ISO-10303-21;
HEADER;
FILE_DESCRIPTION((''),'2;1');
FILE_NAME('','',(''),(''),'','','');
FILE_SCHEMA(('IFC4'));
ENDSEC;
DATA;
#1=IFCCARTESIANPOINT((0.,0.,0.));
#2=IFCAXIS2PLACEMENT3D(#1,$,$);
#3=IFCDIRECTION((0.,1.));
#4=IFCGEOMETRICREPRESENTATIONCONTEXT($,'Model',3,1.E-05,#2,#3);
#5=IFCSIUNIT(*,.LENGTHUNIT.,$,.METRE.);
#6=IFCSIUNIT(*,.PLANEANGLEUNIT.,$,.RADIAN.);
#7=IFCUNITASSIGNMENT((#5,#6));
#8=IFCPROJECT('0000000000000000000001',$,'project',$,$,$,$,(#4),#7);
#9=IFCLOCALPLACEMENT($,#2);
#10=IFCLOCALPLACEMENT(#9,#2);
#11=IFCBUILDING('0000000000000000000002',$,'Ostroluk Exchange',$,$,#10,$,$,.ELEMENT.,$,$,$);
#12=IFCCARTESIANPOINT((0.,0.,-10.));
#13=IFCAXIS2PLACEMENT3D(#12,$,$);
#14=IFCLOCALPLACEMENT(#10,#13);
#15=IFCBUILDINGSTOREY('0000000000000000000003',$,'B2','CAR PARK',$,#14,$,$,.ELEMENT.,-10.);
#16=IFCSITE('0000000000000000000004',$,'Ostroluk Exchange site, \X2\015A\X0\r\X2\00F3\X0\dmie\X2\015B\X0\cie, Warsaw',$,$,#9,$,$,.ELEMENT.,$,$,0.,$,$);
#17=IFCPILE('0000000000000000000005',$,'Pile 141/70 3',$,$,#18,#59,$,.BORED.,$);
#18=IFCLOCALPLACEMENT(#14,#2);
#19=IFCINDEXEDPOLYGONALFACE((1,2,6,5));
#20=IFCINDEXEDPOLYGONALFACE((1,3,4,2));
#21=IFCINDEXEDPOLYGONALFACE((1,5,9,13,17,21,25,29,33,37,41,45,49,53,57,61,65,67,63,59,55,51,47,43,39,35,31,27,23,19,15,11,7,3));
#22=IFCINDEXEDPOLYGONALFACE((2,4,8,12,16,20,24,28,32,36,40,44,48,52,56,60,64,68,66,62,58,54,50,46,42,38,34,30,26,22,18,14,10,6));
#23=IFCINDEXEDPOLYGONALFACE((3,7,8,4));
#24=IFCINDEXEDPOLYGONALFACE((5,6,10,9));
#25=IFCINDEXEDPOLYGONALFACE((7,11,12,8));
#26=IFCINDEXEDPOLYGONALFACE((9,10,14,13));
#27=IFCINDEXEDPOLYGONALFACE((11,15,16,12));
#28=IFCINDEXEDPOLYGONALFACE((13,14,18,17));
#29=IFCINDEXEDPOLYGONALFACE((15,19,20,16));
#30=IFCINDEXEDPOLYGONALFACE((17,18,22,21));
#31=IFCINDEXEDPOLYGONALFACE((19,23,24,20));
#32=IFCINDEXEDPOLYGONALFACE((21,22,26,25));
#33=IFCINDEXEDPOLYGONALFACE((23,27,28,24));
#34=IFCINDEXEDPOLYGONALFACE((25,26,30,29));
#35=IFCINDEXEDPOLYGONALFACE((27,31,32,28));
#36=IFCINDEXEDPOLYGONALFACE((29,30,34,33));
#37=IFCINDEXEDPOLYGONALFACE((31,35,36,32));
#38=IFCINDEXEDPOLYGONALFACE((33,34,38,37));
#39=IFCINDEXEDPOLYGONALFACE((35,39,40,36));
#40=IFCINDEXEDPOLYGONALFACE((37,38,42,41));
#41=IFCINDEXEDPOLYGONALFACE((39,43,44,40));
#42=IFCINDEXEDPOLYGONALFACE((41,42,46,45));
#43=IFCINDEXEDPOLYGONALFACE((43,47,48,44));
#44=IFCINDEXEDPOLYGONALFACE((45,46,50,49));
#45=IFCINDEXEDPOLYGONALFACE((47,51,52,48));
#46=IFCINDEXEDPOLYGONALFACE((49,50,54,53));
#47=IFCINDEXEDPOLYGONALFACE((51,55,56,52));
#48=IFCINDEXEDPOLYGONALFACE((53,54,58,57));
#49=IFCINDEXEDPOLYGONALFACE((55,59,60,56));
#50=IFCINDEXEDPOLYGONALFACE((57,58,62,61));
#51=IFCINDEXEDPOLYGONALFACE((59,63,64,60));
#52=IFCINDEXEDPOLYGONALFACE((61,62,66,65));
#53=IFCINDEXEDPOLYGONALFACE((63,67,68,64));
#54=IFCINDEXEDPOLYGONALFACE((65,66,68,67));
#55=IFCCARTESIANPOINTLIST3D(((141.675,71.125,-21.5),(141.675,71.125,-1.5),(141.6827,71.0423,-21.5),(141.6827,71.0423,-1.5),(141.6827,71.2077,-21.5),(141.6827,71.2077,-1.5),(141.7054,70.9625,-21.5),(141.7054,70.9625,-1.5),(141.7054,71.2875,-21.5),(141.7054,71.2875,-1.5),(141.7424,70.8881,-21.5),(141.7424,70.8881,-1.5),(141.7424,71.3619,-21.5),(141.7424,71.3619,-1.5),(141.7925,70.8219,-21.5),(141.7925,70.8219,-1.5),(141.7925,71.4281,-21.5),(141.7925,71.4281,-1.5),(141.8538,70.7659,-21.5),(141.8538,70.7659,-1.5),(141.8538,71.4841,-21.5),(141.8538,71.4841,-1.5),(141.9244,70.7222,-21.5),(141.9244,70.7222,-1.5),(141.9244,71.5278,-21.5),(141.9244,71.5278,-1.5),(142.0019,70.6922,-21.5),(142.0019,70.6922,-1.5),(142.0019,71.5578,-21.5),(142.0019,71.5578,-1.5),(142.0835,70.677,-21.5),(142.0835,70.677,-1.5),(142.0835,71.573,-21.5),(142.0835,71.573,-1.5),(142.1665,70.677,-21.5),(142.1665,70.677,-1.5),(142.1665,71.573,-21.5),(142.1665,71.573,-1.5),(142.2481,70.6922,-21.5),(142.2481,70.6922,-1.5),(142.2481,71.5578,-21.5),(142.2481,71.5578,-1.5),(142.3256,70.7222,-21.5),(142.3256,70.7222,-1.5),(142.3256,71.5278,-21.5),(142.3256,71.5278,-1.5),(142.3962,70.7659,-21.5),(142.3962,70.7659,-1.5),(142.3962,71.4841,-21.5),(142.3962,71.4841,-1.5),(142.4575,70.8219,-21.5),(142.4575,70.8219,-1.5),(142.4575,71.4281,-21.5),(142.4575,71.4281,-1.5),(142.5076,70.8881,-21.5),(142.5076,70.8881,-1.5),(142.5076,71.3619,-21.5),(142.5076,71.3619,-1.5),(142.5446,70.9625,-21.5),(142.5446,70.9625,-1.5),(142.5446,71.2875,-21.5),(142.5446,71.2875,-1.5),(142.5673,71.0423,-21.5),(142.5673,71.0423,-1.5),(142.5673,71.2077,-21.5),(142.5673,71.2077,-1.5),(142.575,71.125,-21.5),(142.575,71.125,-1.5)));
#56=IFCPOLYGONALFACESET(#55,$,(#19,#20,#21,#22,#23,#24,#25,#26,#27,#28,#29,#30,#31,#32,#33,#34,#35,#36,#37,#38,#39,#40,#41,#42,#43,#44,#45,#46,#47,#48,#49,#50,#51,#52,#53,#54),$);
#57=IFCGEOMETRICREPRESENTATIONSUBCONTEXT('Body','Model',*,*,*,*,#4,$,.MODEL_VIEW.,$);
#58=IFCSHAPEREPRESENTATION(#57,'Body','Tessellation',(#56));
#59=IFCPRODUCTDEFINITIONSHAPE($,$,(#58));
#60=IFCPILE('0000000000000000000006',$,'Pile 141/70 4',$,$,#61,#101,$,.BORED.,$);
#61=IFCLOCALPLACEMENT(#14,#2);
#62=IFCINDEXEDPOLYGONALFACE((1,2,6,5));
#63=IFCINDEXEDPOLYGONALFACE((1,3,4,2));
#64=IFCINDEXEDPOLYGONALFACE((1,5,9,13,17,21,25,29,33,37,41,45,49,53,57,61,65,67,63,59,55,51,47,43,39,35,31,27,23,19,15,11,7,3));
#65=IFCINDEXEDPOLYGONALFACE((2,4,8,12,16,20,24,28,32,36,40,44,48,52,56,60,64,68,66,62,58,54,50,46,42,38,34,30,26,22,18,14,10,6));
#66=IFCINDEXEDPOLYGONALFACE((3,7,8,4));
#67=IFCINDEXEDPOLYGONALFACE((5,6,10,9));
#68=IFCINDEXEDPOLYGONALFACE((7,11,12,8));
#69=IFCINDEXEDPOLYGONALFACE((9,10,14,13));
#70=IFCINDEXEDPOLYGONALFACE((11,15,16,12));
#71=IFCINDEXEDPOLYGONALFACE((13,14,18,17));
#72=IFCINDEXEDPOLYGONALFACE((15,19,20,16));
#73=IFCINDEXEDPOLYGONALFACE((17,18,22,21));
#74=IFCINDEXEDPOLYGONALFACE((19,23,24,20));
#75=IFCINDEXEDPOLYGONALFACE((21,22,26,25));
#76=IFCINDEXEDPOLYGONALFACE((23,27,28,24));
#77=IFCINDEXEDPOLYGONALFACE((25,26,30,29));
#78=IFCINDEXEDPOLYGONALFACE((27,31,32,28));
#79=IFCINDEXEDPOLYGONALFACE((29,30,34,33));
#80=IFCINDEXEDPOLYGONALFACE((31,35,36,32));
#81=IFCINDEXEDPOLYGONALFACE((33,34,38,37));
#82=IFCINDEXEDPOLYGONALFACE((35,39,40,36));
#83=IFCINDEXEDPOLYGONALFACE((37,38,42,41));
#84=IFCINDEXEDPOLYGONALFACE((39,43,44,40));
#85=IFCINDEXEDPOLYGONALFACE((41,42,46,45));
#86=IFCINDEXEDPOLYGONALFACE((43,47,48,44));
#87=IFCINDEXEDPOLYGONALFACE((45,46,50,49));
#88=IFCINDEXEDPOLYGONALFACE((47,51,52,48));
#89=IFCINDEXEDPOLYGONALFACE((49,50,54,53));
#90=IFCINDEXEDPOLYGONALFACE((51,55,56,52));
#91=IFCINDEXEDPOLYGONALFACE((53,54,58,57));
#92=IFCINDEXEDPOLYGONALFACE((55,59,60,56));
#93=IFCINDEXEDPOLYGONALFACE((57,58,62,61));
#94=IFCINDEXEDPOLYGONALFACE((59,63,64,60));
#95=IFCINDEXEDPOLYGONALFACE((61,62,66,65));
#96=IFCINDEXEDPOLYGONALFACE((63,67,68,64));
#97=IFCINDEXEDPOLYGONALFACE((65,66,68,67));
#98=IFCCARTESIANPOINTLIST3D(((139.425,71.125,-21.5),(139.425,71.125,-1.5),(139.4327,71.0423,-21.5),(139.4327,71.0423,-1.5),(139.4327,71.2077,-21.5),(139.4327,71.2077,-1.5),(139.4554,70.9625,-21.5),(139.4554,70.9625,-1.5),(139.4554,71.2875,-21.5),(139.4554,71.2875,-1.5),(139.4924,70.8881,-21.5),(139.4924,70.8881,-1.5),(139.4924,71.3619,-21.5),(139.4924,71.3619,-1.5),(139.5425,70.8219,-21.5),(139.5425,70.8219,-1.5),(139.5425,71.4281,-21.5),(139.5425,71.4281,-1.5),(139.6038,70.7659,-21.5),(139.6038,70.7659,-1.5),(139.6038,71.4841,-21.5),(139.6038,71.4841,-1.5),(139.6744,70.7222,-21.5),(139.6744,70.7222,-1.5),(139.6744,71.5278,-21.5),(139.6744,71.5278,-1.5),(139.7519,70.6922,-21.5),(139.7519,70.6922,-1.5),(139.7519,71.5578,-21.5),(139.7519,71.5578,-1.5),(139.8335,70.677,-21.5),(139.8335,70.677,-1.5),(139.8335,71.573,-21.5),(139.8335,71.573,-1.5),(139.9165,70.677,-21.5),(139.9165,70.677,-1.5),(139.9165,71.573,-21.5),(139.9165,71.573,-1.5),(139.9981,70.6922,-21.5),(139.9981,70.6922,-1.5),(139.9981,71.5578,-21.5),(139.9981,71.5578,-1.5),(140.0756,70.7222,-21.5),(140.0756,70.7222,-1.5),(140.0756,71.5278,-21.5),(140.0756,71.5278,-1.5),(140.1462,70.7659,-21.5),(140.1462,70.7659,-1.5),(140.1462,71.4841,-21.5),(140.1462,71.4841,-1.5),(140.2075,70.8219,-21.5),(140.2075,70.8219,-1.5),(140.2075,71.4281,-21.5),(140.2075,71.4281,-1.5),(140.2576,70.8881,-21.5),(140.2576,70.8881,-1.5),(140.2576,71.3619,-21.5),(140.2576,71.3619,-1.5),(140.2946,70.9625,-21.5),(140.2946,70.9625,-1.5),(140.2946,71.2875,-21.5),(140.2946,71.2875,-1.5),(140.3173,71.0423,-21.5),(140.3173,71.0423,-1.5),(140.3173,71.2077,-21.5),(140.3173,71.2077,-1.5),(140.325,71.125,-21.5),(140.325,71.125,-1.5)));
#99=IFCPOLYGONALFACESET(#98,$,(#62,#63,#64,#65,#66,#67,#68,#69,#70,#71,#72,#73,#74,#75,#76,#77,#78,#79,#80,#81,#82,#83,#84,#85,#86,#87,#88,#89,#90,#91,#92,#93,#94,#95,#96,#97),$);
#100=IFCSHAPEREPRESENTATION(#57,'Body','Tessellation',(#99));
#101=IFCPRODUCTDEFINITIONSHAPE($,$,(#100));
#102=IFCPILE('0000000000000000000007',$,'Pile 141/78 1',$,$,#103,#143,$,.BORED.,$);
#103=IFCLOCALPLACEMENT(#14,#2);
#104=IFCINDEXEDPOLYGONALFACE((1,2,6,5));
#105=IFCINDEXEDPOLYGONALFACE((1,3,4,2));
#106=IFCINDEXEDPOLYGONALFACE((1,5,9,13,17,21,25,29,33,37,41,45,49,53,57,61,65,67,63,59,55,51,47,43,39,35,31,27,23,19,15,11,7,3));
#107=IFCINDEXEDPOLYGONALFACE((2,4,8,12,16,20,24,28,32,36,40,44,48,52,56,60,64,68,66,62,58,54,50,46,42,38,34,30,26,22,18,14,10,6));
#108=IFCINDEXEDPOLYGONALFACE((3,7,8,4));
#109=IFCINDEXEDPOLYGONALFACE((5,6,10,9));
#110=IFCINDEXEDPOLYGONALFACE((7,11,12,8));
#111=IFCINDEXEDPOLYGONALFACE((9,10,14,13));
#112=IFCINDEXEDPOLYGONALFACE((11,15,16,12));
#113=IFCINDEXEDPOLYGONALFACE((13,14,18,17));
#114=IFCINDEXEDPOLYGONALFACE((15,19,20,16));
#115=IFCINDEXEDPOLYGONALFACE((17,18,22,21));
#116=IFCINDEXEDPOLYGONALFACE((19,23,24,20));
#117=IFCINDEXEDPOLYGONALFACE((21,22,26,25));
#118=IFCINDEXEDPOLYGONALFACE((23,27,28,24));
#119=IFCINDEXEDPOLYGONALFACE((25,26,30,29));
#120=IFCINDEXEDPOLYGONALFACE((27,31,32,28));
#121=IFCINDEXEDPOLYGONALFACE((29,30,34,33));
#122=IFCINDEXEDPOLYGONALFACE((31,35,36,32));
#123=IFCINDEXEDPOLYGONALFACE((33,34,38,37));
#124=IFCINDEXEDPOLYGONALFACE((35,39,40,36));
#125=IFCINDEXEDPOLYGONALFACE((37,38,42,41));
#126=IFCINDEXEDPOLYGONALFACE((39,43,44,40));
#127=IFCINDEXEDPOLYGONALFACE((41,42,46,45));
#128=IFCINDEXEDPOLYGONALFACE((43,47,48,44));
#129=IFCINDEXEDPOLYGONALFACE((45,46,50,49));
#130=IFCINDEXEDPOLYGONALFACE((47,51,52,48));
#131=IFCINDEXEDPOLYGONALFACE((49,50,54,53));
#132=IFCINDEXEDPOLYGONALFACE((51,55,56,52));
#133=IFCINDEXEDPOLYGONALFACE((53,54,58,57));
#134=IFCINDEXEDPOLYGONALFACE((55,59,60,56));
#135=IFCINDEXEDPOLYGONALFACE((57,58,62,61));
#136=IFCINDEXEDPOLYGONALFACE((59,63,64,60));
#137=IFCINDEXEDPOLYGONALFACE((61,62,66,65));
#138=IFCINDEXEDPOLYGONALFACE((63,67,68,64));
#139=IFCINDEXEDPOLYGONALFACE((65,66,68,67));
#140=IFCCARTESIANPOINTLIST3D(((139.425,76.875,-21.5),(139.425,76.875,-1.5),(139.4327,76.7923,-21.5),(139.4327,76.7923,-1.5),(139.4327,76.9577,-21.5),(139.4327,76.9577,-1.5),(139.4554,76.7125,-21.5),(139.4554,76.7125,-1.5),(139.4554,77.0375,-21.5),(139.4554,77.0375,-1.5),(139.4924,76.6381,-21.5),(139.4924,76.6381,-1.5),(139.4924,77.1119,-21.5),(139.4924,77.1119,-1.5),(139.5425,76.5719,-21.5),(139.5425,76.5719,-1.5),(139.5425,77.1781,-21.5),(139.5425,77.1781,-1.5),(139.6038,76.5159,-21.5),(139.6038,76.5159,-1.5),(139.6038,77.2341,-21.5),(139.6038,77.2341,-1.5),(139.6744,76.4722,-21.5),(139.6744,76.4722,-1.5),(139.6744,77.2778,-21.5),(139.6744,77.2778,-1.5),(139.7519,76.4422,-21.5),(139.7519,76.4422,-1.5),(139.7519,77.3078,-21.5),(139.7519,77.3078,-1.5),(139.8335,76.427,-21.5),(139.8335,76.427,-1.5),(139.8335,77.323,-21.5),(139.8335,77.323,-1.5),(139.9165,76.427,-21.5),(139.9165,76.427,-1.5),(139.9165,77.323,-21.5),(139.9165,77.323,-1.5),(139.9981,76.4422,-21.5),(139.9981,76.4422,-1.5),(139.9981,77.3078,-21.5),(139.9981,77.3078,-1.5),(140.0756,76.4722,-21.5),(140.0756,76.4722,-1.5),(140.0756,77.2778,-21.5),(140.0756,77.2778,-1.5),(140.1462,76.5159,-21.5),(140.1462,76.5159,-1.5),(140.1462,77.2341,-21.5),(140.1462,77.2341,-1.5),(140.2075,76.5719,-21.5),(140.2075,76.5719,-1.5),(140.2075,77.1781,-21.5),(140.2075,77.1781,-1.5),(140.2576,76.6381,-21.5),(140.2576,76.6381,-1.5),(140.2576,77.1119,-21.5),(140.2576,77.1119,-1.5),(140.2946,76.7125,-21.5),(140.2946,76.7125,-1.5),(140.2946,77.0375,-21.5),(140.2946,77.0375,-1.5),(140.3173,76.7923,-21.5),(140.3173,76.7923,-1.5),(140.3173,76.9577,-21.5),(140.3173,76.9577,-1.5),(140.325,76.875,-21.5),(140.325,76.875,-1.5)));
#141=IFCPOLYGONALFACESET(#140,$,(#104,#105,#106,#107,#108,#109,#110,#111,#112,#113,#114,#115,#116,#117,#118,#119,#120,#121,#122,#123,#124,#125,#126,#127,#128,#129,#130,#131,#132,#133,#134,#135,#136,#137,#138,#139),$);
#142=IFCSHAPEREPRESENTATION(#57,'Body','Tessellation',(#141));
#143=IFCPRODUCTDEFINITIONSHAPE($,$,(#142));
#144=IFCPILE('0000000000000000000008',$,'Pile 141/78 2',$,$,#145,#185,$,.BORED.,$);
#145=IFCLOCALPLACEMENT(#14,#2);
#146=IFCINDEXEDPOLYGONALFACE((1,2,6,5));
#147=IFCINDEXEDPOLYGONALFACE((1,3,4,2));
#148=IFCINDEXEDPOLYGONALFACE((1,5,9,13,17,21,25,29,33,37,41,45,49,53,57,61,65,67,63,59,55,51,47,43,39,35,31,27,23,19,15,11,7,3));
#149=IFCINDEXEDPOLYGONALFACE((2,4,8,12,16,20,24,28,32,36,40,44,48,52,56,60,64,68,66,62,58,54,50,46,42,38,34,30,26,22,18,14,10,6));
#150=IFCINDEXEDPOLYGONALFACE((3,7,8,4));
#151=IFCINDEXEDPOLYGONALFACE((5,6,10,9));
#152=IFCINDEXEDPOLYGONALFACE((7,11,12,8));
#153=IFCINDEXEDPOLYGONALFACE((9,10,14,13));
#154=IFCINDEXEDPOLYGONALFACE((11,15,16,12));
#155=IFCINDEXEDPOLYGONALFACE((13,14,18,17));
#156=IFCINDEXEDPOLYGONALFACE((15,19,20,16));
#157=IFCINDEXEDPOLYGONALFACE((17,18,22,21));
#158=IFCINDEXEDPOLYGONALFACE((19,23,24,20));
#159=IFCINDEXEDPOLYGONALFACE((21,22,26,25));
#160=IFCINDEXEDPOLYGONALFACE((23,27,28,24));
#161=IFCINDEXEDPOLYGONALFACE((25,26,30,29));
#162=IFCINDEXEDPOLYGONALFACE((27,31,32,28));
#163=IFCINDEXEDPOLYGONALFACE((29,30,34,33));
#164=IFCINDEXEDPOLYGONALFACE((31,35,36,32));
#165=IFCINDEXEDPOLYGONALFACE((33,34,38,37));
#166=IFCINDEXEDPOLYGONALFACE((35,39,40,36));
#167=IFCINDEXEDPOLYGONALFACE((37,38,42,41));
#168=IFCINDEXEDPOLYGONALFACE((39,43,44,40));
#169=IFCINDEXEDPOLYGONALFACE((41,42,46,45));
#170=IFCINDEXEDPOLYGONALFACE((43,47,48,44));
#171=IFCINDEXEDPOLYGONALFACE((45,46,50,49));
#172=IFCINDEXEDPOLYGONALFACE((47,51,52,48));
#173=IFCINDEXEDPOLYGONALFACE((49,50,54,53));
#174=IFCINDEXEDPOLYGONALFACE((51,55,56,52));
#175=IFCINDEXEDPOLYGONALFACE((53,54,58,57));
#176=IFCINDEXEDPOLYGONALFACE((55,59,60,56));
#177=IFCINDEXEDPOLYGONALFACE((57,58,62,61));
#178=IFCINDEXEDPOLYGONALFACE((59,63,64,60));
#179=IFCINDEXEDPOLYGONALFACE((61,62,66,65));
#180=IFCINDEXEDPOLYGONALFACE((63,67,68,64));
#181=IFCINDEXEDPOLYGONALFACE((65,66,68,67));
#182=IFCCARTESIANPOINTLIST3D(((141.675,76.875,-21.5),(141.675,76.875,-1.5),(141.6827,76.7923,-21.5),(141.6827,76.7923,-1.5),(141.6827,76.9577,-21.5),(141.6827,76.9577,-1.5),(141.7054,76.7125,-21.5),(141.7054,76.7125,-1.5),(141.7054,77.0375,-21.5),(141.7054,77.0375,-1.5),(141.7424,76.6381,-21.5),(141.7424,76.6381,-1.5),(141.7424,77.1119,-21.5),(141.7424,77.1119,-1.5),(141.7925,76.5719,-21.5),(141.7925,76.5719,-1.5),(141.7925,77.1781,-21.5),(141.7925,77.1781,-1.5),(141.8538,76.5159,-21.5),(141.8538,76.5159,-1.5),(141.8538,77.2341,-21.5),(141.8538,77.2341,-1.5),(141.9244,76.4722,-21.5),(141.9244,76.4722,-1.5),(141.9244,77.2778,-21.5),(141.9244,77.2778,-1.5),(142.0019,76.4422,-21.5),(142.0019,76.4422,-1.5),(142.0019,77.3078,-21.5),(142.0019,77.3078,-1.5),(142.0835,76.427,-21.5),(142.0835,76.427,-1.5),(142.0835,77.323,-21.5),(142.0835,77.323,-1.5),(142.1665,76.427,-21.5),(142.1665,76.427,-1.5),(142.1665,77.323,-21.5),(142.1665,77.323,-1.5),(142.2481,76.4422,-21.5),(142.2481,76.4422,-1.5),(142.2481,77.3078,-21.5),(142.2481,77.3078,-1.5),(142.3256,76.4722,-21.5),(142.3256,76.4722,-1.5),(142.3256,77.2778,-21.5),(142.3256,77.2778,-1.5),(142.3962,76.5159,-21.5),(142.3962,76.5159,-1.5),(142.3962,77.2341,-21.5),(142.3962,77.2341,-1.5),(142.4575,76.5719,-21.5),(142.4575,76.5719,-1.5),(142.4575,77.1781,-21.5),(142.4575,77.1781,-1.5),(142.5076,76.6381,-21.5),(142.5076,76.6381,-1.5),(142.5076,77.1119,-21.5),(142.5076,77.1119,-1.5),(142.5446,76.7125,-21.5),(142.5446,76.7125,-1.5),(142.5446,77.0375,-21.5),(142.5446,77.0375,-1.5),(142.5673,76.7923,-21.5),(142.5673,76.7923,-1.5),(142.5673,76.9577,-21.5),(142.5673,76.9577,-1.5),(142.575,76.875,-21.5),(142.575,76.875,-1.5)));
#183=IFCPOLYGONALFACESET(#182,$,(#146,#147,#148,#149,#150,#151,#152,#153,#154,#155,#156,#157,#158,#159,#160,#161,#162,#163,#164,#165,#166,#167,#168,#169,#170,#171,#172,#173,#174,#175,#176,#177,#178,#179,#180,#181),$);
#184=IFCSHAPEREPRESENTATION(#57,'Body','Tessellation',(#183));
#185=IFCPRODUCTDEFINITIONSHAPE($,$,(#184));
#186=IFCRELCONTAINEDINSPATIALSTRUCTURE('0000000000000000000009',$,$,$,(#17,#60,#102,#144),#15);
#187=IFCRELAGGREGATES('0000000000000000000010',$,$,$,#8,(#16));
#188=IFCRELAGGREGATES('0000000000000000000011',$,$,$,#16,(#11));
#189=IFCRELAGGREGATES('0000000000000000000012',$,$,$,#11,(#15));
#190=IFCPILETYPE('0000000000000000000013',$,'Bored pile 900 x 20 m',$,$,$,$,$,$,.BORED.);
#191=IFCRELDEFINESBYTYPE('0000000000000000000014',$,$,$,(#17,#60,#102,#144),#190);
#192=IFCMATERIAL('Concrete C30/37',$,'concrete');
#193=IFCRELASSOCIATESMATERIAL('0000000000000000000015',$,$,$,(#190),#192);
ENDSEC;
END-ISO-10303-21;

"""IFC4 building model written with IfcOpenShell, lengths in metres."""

from ifc_helpers import new_model, si_unit, direction, frame, origin, origin_2d, place, context, subcontext, project, spatial, circle, extrude, material, type_object, element, save


model = new_model("IFC4")

# Units and contexts
model_context = context("Model", 3, precision=1e-05, world=origin(), true_north=direction((0.0, 1.0)))
body_context = subcontext(model_context, "Body", "Model", "MODEL_VIEW")
ifc_project = project(units=[si_unit("LENGTHUNIT", "METRE"), si_unit("PLANEANGLEUNIT", "RADIAN")], contexts=[model_context])

# Site, building, storey
site_placement = place(None, origin())
site = spatial("IfcSite", under=ifc_project, at=site_placement, Name="Ostroluk Exchange site, Śródmieście, Warsaw", CompositionType="ELEMENT", RefElevation=0.0)
building_placement = place(site_placement, origin())
building = spatial("IfcBuilding", under=site, at=building_placement, Name="Ostroluk Exchange", CompositionType="ELEMENT")
storey_placement = place(building_placement, frame((0.0, 0.0, -10.0)))
storey = spatial("IfcBuildingStorey", under=building, at=storey_placement, Name="B2", Description="CAR PARK", CompositionType="ELEMENT", Elevation=-10.0)

# Piles
ifc_material_1 = material(Name="Concrete C30/37", Category="concrete")
pile_type = type_object("IfcPileType", Name="Bored pile 900 x 20 m", PredefinedType="BORED", material=ifc_material_1)
for number, where, z_axis, x_axis, name in (
    (1, (142.125, 71.125, -1.5), (0.0, 0.0, -1.0), (1.0, 0.0, 0.0), "Pile 141/70 3"),
    (2, (139.875, 71.125, -1.5), (0.0, 0.0, -1.0), (1.0, 0.0, 0.0), "Pile 141/70 4"),
    (3, (139.875, 76.875, -1.5), (0.0, 0.0, -1.0), (1.0, 0.0, 0.0), "Pile 141/78 1"),
    (4, (142.125, 76.875, -1.5), (0.0, 0.0, -1.0), (1.0, 0.0, 0.0), "Pile 141/78 2"),
):
    element("IfcPile", number, at=place(storey_placement, frame(where, z_axis=z_axis, x_axis=x_axis)), inside=storey, type_object=pile_type, Name=name, PredefinedType="BORED", context=body_context, shape_type="SweptSolid", body=[
        extrude(circle(Radius=0.45, at=origin_2d()), origin(), (0.0, 0.0, 1.0), 20.0),
    ])

save(model, "model.ifc")
